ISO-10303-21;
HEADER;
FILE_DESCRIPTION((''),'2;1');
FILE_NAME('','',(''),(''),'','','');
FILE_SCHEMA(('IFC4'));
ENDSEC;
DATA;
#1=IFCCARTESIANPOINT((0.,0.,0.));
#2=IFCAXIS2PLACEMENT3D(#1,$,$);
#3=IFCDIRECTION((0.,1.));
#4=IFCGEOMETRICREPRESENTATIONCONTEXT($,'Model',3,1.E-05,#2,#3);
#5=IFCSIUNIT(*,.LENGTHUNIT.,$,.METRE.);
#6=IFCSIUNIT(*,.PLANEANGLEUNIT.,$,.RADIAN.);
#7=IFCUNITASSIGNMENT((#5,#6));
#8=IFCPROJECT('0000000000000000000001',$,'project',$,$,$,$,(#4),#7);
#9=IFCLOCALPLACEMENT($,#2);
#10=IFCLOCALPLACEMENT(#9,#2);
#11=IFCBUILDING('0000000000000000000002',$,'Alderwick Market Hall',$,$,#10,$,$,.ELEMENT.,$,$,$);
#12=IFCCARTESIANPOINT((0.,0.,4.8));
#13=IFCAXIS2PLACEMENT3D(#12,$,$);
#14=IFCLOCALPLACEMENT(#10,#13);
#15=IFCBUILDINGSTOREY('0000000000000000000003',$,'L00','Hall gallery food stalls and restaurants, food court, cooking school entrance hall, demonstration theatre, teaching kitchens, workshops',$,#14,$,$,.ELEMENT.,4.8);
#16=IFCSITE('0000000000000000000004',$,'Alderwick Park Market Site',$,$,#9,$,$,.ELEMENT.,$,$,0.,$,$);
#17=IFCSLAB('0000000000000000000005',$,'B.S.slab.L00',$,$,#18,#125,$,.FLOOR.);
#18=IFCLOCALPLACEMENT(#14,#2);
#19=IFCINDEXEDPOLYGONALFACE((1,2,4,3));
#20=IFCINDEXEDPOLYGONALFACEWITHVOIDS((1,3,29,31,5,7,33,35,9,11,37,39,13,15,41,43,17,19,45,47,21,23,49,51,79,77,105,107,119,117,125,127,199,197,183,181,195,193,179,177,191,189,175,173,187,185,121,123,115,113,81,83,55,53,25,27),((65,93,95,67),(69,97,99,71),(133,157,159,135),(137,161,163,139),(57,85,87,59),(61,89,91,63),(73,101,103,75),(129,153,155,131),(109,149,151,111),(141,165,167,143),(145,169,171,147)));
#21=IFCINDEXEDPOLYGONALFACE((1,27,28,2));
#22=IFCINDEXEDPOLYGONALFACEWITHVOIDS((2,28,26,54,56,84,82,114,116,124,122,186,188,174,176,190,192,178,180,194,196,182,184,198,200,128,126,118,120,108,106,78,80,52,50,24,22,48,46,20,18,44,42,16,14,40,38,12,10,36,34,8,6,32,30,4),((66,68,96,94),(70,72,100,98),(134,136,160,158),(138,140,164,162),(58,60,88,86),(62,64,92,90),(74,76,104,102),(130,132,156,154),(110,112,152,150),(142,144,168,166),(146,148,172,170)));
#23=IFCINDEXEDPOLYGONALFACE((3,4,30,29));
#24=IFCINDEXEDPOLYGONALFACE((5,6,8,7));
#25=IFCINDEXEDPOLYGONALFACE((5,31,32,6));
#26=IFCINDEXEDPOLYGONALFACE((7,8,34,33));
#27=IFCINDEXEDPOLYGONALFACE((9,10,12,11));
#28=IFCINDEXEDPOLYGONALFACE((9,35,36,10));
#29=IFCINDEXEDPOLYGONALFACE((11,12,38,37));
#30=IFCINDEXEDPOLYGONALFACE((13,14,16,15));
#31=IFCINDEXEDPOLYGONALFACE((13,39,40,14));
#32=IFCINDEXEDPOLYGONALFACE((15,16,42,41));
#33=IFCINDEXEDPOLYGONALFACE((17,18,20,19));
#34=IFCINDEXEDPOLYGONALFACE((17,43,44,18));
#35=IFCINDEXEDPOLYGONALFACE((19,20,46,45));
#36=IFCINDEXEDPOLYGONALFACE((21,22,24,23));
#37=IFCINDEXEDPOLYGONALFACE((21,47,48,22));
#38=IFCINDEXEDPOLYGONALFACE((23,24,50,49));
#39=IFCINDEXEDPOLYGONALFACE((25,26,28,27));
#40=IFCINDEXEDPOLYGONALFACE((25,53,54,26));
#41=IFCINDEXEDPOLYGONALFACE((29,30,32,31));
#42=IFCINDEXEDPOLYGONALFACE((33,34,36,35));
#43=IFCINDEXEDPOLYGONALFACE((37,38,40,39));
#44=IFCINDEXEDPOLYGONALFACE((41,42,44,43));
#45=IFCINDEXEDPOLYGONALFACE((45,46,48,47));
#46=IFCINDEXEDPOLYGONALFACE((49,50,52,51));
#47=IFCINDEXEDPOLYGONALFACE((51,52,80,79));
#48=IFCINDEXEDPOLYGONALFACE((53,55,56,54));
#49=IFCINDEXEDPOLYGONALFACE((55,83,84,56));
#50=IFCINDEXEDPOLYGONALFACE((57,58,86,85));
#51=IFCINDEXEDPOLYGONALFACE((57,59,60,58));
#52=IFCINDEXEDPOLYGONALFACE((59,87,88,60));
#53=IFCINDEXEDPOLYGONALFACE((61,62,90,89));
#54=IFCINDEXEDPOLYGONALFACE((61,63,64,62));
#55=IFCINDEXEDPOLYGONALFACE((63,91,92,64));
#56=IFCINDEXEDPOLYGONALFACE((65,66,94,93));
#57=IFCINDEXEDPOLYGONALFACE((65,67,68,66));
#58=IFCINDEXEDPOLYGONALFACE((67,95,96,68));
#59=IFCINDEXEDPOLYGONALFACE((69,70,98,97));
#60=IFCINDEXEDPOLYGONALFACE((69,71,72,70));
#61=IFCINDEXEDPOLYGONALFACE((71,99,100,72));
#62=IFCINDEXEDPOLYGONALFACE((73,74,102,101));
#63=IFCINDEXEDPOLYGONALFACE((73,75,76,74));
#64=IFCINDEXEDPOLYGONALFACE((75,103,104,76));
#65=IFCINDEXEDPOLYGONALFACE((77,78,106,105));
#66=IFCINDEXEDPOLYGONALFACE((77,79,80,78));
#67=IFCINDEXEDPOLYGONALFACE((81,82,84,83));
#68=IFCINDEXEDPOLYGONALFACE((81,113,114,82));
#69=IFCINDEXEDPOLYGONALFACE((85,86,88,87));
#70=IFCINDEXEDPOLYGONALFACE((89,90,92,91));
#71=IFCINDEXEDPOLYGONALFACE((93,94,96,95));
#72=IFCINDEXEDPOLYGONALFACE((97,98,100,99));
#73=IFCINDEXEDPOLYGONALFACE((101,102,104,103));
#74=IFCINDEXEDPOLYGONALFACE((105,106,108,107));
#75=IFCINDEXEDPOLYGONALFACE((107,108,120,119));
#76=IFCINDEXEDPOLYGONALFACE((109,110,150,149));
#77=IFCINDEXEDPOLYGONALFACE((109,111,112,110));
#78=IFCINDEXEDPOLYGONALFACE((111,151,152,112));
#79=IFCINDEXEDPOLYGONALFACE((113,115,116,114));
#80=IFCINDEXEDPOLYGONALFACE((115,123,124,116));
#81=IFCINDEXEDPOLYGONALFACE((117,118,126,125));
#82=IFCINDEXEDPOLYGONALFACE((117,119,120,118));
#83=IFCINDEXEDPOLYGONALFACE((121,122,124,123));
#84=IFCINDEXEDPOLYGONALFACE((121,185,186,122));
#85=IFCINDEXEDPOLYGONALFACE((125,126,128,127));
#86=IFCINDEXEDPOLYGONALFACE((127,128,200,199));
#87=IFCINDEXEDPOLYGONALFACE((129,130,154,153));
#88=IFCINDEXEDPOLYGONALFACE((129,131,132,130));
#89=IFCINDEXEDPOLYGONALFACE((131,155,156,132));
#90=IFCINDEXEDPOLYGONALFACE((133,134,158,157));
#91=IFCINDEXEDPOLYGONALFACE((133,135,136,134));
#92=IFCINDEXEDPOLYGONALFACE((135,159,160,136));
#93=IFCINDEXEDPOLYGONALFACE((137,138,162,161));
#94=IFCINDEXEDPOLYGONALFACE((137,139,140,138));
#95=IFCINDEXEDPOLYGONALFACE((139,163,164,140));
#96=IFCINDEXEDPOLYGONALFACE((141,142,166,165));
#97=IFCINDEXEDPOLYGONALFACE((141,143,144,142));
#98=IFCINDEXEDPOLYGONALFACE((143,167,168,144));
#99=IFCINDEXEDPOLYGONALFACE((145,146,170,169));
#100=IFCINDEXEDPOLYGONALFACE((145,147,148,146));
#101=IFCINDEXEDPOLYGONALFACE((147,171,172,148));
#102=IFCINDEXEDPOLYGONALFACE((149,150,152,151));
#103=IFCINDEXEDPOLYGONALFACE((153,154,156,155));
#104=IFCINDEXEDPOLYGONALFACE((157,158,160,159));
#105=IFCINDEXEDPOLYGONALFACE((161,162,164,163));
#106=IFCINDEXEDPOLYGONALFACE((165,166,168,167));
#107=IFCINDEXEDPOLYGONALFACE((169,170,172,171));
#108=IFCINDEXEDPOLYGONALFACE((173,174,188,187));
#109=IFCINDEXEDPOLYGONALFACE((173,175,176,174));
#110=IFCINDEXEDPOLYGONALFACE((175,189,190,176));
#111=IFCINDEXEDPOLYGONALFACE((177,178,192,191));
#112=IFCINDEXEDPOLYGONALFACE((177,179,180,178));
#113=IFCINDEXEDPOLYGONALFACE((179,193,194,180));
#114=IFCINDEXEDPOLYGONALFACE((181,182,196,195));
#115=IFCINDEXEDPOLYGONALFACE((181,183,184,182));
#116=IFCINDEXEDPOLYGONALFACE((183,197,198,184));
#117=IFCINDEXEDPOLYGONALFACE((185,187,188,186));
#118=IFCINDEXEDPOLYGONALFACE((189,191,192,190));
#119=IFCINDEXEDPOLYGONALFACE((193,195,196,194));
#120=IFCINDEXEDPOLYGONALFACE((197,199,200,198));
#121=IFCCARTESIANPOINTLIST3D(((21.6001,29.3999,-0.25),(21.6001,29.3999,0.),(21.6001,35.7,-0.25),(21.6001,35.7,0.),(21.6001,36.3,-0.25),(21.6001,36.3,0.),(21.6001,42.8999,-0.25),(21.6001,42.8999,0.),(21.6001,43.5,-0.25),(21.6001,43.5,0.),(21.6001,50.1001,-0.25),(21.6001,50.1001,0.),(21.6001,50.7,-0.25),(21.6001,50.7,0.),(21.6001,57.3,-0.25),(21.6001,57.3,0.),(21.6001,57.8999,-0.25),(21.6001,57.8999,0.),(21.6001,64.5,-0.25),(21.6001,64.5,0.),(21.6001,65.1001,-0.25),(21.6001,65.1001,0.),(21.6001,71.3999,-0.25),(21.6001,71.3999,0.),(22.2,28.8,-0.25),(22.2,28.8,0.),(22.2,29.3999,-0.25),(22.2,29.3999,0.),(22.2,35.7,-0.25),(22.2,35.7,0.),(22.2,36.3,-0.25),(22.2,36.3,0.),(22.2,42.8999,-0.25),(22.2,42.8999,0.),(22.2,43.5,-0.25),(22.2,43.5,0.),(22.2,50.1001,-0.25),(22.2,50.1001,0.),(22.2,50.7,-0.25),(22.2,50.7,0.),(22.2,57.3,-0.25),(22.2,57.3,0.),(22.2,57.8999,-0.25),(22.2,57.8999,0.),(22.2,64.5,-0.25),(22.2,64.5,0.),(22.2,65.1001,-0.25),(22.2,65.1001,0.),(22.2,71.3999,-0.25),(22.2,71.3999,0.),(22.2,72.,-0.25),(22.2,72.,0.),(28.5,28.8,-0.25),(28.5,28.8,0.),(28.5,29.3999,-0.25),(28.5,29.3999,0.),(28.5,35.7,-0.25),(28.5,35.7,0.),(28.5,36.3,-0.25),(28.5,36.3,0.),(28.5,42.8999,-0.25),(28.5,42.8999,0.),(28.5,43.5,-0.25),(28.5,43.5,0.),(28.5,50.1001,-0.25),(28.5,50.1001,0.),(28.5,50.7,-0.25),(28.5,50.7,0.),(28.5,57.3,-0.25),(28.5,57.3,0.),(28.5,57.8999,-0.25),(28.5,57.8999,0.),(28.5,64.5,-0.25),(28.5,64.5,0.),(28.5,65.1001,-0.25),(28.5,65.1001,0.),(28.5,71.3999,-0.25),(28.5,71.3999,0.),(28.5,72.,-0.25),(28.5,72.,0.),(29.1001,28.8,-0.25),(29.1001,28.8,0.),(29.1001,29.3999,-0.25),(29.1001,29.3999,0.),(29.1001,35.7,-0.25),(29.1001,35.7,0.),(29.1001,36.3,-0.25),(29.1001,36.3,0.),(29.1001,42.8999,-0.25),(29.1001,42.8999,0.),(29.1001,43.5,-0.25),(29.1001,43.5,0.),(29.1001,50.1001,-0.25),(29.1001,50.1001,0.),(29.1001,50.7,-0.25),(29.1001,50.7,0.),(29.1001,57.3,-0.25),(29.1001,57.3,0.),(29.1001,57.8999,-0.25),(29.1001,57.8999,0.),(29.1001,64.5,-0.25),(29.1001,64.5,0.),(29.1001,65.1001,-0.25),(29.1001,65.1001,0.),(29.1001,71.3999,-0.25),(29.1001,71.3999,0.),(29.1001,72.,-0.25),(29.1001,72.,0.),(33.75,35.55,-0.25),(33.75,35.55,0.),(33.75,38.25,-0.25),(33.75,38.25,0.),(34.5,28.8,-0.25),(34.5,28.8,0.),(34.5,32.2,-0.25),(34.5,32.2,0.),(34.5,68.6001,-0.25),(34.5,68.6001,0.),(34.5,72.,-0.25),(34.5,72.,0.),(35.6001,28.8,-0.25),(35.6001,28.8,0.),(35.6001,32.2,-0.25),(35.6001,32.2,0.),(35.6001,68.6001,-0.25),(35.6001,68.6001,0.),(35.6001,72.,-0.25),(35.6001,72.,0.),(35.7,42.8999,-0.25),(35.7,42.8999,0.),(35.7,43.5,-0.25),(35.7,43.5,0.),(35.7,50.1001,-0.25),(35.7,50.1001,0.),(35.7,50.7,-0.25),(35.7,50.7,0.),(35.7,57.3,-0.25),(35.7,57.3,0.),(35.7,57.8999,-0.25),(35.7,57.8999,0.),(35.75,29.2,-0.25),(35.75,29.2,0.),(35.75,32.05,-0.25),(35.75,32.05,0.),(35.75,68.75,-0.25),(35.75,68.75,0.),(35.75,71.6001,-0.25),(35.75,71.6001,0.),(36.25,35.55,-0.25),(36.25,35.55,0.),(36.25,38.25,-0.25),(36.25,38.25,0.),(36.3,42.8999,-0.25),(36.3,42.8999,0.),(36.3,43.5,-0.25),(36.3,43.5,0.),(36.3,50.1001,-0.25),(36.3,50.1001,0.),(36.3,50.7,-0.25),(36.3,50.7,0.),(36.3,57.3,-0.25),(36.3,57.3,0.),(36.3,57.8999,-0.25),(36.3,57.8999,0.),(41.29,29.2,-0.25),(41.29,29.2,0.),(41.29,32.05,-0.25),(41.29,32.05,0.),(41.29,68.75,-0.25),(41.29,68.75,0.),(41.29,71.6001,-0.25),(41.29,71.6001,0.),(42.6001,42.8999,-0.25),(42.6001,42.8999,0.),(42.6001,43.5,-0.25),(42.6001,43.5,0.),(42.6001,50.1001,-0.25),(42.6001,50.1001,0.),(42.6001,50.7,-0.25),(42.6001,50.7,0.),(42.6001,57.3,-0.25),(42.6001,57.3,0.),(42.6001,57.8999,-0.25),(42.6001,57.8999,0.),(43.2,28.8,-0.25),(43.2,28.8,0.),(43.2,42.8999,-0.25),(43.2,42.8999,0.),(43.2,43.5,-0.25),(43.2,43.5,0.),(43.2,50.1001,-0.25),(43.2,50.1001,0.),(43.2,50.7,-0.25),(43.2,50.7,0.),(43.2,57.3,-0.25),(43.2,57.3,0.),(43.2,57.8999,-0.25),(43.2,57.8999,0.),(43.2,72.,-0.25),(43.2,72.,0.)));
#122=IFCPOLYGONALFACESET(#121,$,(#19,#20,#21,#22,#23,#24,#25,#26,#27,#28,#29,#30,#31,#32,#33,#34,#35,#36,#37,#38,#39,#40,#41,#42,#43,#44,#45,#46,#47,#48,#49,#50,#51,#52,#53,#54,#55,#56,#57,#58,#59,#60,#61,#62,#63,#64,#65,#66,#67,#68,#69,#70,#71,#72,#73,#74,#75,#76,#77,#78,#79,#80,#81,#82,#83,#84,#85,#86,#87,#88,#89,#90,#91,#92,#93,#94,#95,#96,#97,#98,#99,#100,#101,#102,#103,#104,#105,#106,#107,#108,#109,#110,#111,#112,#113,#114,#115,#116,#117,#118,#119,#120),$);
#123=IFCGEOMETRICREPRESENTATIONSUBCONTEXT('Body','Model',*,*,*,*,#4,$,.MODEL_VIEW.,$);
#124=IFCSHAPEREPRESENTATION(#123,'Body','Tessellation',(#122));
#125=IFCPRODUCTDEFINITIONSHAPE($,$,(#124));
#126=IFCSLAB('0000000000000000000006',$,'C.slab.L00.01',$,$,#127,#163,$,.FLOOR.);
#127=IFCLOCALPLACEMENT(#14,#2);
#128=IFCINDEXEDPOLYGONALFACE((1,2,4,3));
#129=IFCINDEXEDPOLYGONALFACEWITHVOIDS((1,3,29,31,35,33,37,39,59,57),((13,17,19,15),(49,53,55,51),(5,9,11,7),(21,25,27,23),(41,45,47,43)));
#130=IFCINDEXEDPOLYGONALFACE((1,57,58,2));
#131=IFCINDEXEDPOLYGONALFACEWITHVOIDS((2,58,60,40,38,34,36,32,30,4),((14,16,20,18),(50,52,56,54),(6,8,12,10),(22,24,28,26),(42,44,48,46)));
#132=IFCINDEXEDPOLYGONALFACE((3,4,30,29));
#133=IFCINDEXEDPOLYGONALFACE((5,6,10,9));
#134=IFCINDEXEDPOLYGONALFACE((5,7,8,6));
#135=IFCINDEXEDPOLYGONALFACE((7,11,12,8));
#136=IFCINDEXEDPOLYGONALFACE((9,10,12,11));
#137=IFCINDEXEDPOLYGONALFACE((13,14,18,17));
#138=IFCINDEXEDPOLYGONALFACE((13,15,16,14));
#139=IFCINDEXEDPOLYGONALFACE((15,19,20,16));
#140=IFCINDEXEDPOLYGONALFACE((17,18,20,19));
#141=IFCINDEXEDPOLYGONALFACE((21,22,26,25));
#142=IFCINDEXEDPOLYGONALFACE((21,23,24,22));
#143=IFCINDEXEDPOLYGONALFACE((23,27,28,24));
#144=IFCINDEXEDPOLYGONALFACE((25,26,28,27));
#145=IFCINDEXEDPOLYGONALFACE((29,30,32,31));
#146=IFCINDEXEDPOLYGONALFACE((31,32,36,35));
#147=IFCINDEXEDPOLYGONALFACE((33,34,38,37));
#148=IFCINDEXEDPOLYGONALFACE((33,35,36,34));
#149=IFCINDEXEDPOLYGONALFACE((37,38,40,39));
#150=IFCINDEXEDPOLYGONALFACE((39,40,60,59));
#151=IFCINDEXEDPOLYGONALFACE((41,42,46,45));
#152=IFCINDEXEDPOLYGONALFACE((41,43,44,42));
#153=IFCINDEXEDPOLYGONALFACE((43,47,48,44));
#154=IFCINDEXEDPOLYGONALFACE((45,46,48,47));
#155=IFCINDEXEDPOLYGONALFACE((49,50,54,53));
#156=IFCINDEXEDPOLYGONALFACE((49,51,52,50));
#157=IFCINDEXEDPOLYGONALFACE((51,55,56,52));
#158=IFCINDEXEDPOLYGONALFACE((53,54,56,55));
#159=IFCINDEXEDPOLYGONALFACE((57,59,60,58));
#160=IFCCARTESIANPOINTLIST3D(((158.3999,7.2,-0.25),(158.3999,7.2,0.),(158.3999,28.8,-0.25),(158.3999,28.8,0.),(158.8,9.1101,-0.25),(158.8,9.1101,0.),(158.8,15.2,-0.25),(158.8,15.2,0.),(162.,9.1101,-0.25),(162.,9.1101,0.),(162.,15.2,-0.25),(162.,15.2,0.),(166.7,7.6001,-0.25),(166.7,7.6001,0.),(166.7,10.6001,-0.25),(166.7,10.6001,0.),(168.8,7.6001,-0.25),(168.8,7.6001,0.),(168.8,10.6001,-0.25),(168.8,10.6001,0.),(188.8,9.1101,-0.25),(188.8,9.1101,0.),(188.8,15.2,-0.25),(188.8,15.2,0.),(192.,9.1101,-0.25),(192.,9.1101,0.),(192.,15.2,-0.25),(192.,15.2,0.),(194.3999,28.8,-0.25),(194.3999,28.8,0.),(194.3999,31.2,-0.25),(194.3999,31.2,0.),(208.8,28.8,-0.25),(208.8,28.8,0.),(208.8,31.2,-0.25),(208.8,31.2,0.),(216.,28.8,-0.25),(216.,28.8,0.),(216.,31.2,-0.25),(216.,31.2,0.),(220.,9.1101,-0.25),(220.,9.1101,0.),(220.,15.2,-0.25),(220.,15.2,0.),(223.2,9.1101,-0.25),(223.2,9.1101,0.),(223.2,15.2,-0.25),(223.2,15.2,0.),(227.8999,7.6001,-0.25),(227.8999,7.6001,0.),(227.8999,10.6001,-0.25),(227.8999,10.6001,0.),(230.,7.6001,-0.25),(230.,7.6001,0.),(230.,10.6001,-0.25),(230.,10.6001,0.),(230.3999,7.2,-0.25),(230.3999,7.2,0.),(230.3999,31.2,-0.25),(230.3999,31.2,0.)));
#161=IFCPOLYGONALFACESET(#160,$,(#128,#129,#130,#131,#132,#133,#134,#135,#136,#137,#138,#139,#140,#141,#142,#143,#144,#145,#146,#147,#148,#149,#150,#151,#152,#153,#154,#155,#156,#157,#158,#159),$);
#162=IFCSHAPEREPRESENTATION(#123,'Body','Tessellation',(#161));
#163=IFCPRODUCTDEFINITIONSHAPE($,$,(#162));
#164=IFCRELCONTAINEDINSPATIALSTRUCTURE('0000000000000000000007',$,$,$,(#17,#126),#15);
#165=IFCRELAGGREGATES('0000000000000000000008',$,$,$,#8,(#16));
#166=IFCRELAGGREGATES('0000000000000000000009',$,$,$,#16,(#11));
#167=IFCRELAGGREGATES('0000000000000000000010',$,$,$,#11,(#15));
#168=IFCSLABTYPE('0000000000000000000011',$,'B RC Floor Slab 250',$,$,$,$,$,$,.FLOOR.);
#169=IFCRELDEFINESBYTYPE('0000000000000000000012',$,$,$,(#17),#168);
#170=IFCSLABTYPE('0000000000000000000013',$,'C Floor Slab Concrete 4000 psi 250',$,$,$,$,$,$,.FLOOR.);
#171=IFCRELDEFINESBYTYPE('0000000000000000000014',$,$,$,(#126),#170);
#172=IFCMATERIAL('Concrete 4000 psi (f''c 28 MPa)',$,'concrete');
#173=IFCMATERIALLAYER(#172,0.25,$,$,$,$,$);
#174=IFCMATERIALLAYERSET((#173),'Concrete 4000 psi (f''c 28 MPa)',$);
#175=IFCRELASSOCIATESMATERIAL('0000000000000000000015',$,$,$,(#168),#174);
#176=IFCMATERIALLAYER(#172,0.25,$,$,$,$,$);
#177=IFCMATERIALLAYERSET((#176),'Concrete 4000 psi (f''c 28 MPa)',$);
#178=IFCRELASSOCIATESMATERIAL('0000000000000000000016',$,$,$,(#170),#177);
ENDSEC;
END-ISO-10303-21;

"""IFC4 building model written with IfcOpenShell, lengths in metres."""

from ifc_helpers import new_model, si_unit, direction, frame, origin, place, context, subcontext, project, spatial, polyline, outline, extrude, material, layer, layer_set, type_object, element, save


model = new_model("IFC4")

# Units and contexts
model_context = context("Model", 3, precision=1e-05, world=origin(), true_north=direction((0.0, 1.0)))
body_context = subcontext(model_context, "Body", "Model", "MODEL_VIEW")
ifc_project = project(units=[si_unit("LENGTHUNIT", "METRE"), si_unit("PLANEANGLEUNIT", "RADIAN")], contexts=[model_context])

# Site, building, storey
site_placement = place(None, origin())
site = spatial("IfcSite", under=ifc_project, at=site_placement, Name="Alderwick Park Market Site", CompositionType="ELEMENT", RefElevation=0.0)
building_placement = place(site_placement, origin())
building = spatial("IfcBuilding", under=site, at=building_placement, Name="Alderwick Market Hall", CompositionType="ELEMENT")
storey_placement = place(building_placement, frame((0.0, 0.0, 4.8)))
storey = spatial("IfcBuildingStorey", under=building, at=storey_placement, Name="L00", Description="Hall gallery food stalls and restaurants, food court, cooking school entrance hall, demonstration theatre, teaching kitchens, workshops", CompositionType="ELEMENT", Elevation=4.8)

# Shared definitions
ifc_material_1 = material(Name="Concrete 4000 psi (f'c 28 MPa)", Category="concrete")

# Slabs
ifc_layer_1 = layer(ifc_material_1, 0.25)
ifc_layer_set_1 = layer_set([ifc_layer_1], Name="Concrete 4000 psi (f'c 28 MPa)")
slab_type_1 = type_object("IfcSlabType", Name="B RC Floor Slab 250", PredefinedType="FLOOR", material=ifc_layer_set_1)
slab_1_placement = place(storey_placement, frame((0.0, 0.0, -0.25)))
element("IfcSlab", 1, at=slab_1_placement, inside=storey, type_object=slab_type_1, Name="B.S.slab.L00", PredefinedType="FLOOR", context=body_context, shape_type="SweptSolid", body=[
    extrude(outline(polyline([(22.2, 65.1001), (21.6001, 65.1001), (21.6001, 71.3999), (22.2, 71.3999), (22.2, 72.0), (28.5, 72.0), (28.5, 71.3999), (29.1001, 71.3999), (29.1001, 72.0), (34.5, 72.0), (34.5, 68.6001), (35.6001, 68.6001), (35.6001, 72.0), (43.2, 72.0), (43.2, 57.8999), (42.6001, 57.8999), (42.6001, 57.3), (43.2, 57.3), (43.2, 50.7), (42.6001, 50.7), (42.6001, 50.1001), (43.2, 50.1001), (43.2, 43.5), (42.6001, 43.5), (42.6001, 42.8999), (43.2, 42.8999), (43.2, 28.8), (35.6001, 28.8), (35.6001, 32.2), (34.5, 32.2), (34.5, 28.8), (29.1001, 28.8), (29.1001, 29.3999), (28.5, 29.3999), (28.5, 28.8), (22.2, 28.8), (22.2, 29.3999), (21.6001, 29.3999), (21.6001, 35.7), (22.2, 35.7), (22.2, 36.3), (21.6001, 36.3), (21.6001, 42.8999), (22.2, 42.8999), (22.2, 43.5), (21.6001, 43.5), (21.6001, 50.1001), (22.2, 50.1001), (22.2, 50.7), (21.6001, 50.7), (21.6001, 57.3), (22.2, 57.3), (22.2, 57.8999), (21.6001, 57.8999), (21.6001, 64.5), (22.2, 64.5), (22.2, 65.1001)]), holes=[polyline([(29.1001, 36.3), (28.5, 36.3), (28.5, 35.7), (29.1001, 35.7), (29.1001, 36.3)]), polyline([(29.1001, 42.8999), (29.1001, 43.5), (28.5, 43.5), (28.5, 42.8999), (29.1001, 42.8999)]), polyline([(28.5, 50.1001), (29.1001, 50.1001), (29.1001, 50.7), (28.5, 50.7), (28.5, 50.1001)]), polyline([(28.5, 57.8999), (28.5, 57.3), (29.1001, 57.3), (29.1001, 57.8999), (28.5, 57.8999)]), polyline([(29.1001, 65.1001), (28.5, 65.1001), (28.5, 64.5), (29.1001, 64.5), (29.1001, 65.1001)]), polyline([(35.7, 42.8999), (36.3, 42.8999), (36.3, 43.5), (35.7, 43.5), (35.7, 42.8999)]), polyline([(35.7, 50.7), (35.7, 50.1001), (36.3, 50.1001), (36.3, 50.7), (35.7, 50.7)]), polyline([(36.3, 57.8999), (35.7, 57.8999), (35.7, 57.3), (36.3, 57.3), (36.3, 57.8999)]), polyline([(41.29, 32.05), (35.75, 32.05), (35.75, 29.2), (41.29, 29.2), (41.29, 32.05)]), polyline([(36.25, 35.55), (36.25, 38.25), (33.75, 38.25), (33.75, 35.55), (36.25, 35.55)]), polyline([(35.75, 71.6001), (35.75, 68.75), (41.29, 68.75), (41.29, 71.6001), (35.75, 71.6001)])]), origin(), (0.0, 0.0, 1.0), 0.25),
])
ifc_layer_2 = layer(ifc_material_1, 0.25)
ifc_layer_set_2 = layer_set([ifc_layer_2], Name="Concrete 4000 psi (f'c 28 MPa)")
slab_type_2 = type_object("IfcSlabType", Name="C Floor Slab Concrete 4000 psi 250", PredefinedType="FLOOR", material=ifc_layer_set_2)
slab_2_placement = place(storey_placement, frame((0.0, 0.0, -0.25)))
element("IfcSlab", 2, at=slab_2_placement, inside=storey, type_object=slab_type_2, Name="C.slab.L00.01", PredefinedType="FLOOR", context=body_context, shape_type="SweptSolid", body=[
    extrude(outline(polyline([(158.3999, 7.2), (230.3999, 7.2), (230.3999, 31.2), (216.0, 31.2), (216.0, 28.8), (208.8, 28.8), (208.8, 31.2), (194.3999, 31.2), (194.3999, 28.8), (158.3999, 28.8), (158.3999, 7.2)]), holes=[polyline([(158.8, 15.2), (162.0, 15.2), (162.0, 9.1101), (158.8, 9.1101), (158.8, 15.2)]), polyline([(166.7, 10.6001), (168.8, 10.6001), (168.8, 7.6001), (166.7, 7.6001), (166.7, 10.6001)]), polyline([(188.8, 15.2), (192.0, 15.2), (192.0, 9.1101), (188.8, 9.1101), (188.8, 15.2)]), polyline([(220.0, 15.2), (223.2, 15.2), (223.2, 9.1101), (220.0, 9.1101), (220.0, 15.2)]), polyline([(227.8999, 10.6001), (230.0, 10.6001), (230.0, 7.6001), (227.8999, 7.6001), (227.8999, 10.6001)])]), origin(), (0.0, 0.0, 1.0), 0.25),
])

save(model, "model.ifc")
